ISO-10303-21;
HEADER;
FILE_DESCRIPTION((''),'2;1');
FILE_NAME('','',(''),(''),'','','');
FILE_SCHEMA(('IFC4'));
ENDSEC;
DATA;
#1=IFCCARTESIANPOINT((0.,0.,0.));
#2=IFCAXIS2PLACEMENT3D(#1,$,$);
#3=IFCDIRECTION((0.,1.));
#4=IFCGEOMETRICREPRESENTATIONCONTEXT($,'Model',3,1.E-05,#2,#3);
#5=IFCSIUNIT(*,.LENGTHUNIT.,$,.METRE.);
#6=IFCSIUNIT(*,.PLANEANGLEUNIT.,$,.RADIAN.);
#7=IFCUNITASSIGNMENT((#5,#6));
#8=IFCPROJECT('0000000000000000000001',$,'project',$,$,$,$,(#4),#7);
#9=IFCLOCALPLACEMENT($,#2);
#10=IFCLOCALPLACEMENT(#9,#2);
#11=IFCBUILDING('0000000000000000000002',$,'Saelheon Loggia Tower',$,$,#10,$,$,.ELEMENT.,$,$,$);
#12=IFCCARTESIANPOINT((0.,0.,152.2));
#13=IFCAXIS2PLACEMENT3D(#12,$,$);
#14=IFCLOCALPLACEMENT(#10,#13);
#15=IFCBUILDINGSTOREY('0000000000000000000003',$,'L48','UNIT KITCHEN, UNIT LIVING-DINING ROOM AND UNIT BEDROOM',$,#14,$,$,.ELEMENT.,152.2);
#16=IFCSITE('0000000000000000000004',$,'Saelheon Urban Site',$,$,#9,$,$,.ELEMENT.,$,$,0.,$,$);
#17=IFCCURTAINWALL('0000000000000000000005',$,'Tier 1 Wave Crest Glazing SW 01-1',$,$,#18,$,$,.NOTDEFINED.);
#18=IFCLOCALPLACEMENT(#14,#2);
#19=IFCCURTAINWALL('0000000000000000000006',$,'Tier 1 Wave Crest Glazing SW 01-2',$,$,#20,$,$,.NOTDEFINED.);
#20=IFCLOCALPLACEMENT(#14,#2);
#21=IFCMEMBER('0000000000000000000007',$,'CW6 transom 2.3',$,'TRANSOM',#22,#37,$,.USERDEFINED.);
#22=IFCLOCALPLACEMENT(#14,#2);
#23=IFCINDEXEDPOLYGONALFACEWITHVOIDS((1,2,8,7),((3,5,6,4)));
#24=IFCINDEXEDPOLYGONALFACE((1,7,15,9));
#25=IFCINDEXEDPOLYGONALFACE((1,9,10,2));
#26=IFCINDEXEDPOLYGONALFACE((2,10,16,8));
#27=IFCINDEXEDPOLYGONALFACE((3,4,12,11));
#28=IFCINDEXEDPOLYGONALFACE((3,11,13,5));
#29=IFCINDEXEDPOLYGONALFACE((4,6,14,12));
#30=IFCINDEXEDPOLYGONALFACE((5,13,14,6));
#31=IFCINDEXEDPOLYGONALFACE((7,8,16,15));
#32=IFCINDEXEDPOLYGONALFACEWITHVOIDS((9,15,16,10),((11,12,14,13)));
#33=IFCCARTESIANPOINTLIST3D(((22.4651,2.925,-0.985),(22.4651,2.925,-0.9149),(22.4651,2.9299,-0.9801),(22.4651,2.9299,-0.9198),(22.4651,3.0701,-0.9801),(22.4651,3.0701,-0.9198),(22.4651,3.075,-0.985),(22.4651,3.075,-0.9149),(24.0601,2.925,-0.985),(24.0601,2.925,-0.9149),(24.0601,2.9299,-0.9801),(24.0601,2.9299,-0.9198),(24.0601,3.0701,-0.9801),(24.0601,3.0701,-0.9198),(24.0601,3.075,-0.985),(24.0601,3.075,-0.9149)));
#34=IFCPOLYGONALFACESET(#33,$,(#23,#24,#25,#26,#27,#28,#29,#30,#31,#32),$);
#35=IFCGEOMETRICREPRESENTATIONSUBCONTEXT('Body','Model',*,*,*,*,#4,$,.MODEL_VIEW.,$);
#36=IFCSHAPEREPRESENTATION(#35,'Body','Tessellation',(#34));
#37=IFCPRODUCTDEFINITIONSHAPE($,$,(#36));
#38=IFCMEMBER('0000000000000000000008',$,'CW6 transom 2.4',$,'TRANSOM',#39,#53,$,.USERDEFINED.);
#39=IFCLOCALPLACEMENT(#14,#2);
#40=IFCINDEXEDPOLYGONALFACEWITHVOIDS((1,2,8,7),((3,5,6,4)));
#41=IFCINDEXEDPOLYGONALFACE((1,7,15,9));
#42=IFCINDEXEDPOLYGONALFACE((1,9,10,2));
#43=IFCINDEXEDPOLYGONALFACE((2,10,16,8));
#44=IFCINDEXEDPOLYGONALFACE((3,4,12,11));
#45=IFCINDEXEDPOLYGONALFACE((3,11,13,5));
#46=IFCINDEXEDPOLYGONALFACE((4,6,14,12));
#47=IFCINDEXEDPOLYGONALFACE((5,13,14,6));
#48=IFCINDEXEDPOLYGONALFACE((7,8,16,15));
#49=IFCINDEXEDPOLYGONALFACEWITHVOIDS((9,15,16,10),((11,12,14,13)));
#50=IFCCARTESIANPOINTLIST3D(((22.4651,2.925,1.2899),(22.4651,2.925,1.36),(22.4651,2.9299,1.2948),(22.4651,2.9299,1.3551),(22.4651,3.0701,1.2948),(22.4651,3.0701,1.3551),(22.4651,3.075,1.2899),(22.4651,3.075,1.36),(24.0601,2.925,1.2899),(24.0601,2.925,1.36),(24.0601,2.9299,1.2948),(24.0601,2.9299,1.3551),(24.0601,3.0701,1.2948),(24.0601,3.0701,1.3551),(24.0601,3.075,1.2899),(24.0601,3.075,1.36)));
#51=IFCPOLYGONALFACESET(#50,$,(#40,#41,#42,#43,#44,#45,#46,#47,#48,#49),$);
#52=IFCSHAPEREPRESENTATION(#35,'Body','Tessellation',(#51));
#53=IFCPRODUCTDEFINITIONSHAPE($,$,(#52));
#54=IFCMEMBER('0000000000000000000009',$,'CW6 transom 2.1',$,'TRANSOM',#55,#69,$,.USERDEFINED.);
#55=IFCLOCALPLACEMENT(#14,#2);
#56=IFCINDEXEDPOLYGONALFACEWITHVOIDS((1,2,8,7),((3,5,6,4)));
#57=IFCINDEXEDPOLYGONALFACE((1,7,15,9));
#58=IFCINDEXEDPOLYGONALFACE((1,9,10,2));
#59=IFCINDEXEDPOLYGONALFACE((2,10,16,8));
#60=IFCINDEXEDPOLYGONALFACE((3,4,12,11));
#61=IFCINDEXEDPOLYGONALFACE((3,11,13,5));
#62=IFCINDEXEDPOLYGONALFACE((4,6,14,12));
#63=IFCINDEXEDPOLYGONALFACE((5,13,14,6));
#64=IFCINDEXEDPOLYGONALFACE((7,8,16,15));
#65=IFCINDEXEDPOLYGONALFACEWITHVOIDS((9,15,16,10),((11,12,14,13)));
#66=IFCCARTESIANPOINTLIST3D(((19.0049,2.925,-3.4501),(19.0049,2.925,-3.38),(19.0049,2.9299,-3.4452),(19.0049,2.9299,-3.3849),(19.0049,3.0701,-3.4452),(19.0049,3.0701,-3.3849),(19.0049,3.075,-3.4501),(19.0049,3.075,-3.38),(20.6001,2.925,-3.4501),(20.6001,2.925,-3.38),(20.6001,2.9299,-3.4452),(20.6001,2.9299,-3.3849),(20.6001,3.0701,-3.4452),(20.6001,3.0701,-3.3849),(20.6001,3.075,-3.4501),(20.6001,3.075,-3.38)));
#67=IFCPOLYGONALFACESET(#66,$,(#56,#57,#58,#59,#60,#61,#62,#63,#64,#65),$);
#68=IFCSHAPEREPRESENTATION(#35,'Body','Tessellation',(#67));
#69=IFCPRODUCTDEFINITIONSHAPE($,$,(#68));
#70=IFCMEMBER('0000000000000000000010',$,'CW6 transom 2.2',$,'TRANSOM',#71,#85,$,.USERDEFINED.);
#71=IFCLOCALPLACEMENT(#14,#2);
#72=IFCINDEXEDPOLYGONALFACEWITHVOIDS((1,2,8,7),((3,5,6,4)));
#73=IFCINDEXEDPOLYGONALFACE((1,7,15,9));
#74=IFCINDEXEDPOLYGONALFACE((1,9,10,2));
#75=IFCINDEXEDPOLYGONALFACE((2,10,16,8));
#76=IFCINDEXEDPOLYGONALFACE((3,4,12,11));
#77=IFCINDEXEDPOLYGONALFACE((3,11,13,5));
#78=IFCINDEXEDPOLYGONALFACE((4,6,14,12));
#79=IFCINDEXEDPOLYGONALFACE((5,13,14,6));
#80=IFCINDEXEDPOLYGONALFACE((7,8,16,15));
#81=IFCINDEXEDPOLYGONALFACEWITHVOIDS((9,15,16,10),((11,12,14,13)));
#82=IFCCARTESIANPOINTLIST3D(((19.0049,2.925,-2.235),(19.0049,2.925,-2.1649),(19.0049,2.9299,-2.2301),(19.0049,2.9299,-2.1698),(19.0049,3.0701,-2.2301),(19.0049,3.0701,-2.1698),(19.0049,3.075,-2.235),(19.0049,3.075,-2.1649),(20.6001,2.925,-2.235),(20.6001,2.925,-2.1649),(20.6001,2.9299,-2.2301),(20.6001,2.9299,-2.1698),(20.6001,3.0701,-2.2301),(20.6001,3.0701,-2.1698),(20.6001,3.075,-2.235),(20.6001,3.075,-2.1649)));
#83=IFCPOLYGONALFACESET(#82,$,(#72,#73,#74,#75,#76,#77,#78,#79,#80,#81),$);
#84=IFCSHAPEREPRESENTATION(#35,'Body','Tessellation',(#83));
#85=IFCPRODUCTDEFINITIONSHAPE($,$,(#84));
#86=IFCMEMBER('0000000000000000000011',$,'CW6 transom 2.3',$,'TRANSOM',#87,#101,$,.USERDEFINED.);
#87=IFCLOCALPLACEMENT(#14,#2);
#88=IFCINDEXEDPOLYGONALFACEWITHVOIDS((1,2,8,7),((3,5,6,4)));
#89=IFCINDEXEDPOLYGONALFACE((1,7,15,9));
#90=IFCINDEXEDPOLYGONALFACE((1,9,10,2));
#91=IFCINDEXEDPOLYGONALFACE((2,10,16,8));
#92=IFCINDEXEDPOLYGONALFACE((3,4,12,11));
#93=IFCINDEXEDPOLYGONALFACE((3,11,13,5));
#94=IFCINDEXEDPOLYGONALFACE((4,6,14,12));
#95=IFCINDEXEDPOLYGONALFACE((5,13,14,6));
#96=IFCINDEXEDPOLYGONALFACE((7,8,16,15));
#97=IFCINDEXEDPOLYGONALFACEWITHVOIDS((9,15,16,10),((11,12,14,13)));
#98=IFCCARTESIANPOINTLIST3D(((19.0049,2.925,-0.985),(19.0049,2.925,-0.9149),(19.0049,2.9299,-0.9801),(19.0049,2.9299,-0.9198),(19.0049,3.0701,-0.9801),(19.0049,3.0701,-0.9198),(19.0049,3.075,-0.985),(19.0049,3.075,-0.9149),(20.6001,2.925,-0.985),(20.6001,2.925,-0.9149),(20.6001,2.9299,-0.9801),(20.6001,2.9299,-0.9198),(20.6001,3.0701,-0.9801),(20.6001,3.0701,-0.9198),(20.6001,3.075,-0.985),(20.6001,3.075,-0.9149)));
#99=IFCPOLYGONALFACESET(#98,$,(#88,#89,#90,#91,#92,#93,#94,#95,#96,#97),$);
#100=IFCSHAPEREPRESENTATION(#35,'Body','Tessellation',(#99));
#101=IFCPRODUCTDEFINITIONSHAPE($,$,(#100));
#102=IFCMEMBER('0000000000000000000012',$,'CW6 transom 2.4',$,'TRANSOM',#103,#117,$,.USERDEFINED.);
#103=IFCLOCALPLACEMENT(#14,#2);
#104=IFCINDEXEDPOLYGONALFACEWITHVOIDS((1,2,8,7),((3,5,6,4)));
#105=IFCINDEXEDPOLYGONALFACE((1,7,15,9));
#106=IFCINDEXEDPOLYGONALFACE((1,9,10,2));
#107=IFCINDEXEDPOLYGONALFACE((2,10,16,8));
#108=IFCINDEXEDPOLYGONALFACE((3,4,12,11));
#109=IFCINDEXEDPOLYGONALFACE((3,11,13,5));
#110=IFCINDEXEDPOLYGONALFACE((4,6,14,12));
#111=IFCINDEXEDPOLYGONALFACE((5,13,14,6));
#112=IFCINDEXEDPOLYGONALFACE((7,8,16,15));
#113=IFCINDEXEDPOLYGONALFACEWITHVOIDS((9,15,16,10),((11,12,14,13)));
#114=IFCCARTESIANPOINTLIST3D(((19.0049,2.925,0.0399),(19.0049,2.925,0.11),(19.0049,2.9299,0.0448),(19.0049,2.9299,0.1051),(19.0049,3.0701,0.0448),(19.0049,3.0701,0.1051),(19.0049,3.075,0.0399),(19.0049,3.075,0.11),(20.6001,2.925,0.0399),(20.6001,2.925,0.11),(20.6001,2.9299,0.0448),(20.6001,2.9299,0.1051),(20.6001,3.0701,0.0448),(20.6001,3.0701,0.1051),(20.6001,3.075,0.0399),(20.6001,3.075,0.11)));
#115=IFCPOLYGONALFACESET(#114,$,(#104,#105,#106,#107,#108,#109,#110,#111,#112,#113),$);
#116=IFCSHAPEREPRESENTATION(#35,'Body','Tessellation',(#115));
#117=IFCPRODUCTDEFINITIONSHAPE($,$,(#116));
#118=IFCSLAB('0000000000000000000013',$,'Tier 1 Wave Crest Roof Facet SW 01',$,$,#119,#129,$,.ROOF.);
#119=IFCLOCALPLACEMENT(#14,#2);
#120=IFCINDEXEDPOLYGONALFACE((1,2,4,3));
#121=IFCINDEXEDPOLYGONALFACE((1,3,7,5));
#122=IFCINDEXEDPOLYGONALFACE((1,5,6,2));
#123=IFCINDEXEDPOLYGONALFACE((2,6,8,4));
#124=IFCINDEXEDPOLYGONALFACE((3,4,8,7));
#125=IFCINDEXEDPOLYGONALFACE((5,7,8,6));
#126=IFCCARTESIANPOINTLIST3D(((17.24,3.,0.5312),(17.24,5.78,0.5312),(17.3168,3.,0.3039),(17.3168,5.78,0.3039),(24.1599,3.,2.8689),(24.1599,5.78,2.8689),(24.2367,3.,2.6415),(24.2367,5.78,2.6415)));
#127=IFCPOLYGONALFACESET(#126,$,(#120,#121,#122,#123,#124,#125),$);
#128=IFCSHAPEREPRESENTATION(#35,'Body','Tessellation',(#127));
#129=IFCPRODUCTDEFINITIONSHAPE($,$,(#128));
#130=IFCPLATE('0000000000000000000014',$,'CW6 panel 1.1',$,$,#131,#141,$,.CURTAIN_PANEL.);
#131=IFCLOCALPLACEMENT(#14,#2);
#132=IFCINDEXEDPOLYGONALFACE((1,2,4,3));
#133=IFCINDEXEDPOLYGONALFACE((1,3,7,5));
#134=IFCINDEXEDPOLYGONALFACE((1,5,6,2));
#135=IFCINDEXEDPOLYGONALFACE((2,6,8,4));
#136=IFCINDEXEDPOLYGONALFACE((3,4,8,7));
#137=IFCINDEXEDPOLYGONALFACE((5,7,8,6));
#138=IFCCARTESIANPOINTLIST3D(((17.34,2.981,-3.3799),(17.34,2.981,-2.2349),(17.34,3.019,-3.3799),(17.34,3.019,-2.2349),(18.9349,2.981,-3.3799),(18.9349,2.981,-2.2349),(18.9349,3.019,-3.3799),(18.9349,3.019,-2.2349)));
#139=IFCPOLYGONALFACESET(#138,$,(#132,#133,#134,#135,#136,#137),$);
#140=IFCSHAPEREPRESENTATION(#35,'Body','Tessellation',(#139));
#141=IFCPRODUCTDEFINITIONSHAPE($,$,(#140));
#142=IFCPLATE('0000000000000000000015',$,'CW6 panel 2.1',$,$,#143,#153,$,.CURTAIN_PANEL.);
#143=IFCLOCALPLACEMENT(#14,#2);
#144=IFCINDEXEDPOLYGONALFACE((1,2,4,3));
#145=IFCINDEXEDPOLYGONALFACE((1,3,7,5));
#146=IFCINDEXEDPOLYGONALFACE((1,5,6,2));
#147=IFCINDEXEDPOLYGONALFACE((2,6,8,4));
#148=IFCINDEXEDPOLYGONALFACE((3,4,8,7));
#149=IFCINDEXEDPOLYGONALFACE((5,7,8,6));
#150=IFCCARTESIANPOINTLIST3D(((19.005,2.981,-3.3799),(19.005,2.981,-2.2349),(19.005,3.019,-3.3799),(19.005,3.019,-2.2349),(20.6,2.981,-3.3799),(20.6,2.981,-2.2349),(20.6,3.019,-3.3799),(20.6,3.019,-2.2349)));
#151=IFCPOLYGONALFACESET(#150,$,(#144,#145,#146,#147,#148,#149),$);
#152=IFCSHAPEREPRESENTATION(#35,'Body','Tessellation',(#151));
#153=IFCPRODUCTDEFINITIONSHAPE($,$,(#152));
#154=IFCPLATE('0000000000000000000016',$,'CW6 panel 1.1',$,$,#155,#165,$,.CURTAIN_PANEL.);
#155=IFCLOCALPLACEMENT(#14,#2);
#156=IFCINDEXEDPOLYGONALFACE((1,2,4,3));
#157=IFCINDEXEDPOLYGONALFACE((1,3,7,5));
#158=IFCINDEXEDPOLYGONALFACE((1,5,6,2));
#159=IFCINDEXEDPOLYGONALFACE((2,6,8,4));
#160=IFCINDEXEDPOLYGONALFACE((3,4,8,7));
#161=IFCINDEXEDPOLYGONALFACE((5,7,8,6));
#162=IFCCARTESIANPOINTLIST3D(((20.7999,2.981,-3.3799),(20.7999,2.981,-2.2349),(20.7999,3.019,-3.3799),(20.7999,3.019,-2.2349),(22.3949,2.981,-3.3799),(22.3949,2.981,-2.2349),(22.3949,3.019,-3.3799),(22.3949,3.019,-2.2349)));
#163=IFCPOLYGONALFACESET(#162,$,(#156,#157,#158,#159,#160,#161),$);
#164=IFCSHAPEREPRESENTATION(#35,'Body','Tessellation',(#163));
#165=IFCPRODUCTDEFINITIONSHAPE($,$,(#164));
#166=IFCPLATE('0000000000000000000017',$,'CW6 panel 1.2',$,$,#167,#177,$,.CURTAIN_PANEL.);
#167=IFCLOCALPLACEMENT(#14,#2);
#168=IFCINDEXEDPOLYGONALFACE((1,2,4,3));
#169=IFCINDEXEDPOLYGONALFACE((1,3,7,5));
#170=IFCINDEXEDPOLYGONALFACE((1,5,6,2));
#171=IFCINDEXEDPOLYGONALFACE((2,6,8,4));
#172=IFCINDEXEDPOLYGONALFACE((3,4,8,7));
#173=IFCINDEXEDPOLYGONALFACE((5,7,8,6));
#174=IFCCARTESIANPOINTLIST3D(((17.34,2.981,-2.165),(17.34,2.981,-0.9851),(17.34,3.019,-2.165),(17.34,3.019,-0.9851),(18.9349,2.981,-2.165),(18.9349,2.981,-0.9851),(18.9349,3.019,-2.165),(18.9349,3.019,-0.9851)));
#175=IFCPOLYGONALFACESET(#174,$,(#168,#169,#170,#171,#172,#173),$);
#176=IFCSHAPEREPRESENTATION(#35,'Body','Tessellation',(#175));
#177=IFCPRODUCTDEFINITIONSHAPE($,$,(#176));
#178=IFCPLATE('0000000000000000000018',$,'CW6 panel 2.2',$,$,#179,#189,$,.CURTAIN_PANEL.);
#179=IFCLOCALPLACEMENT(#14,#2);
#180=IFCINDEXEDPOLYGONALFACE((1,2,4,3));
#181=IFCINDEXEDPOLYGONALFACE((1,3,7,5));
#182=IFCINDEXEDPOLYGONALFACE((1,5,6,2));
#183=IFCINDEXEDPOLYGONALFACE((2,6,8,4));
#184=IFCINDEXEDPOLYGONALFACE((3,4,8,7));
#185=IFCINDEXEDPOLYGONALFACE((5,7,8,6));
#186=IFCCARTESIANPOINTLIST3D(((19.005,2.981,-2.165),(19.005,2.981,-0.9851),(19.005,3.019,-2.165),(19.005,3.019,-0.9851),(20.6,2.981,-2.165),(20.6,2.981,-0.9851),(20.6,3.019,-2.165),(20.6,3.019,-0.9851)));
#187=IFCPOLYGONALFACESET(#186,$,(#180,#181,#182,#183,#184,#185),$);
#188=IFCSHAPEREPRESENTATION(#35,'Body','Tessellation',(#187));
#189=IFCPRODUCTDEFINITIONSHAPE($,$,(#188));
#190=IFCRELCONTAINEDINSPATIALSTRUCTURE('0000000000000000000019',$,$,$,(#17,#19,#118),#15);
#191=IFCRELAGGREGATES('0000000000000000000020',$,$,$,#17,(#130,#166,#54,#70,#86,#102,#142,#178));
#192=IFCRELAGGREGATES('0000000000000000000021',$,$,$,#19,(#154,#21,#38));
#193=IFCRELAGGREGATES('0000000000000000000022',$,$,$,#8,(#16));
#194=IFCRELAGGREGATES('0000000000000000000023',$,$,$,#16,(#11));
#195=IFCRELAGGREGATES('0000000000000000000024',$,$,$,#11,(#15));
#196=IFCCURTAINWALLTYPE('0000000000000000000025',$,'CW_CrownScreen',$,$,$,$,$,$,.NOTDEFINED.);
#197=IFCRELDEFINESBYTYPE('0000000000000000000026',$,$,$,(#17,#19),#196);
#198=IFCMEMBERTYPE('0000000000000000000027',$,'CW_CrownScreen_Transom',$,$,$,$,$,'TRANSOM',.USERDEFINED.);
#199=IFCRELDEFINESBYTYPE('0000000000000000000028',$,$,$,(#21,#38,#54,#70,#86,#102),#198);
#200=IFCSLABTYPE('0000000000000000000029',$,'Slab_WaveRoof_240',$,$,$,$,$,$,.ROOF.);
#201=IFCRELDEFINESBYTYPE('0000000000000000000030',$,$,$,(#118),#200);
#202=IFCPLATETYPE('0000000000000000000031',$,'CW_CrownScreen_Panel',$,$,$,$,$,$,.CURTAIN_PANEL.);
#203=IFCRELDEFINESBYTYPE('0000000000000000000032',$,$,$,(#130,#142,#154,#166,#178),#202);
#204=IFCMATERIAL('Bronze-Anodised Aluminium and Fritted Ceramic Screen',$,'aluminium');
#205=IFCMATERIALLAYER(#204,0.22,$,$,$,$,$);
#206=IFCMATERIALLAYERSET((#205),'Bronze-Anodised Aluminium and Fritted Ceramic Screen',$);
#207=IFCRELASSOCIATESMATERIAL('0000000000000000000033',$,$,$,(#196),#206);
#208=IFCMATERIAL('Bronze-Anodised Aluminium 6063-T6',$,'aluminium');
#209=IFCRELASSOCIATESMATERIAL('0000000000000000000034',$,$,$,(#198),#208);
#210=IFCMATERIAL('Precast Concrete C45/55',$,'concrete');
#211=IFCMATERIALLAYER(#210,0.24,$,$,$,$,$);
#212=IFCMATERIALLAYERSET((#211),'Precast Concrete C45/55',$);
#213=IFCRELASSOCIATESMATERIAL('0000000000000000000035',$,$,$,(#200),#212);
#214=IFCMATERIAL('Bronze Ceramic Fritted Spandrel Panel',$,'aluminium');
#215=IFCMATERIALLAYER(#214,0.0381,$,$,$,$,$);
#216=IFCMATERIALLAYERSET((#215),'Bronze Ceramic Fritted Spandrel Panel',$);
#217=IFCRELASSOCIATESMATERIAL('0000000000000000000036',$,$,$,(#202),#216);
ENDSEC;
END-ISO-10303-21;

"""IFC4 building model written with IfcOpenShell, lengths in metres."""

from ifc_helpers import new_model, si_unit, direction, frame, origin, origin_2d, place, context, subcontext, project, spatial, polyline, rectangle, hollow_rectangle, outline, extrude, source, transform, mapped, material, layer, layer_set, material_profile, profile_set, type_object, element, aggregate, save


model = new_model("IFC4")

# Units and contexts
model_context = context("Model", 3, precision=1e-05, world=origin(), true_north=direction((0.0, 1.0)))
body_context = subcontext(model_context, "Body", "Model", "MODEL_VIEW")
ifc_project = project(units=[si_unit("LENGTHUNIT", "METRE"), si_unit("PLANEANGLEUNIT", "RADIAN")], contexts=[model_context])

# Site, building, storey
site_placement = place(None, origin())
site = spatial("IfcSite", under=ifc_project, at=site_placement, Name="Saelheon Urban Site", CompositionType="ELEMENT", RefElevation=0.0)
building_placement = place(site_placement, origin())
building = spatial("IfcBuilding", under=site, at=building_placement, Name="Saelheon Loggia Tower", CompositionType="ELEMENT")
storey_placement = place(building_placement, frame((0.0, 0.0, 152.2)))
storey = spatial("IfcBuildingStorey", under=building, at=storey_placement, Name="L48", Description="UNIT KITCHEN, UNIT LIVING-DINING ROOM AND UNIT BEDROOM", CompositionType="ELEMENT", Elevation=152.2)

# Curtain walls
ifc_material_1 = material(Name="Bronze-Anodised Aluminium and Fritted Ceramic Screen", Category="aluminium")
ifc_layer_1 = layer(ifc_material_1, 0.22)
ifc_layer_set_1 = layer_set([ifc_layer_1], Name="Bronze-Anodised Aluminium and Fritted Ceramic Screen")
curtain_wall_type = type_object("IfcCurtainWallType", Name="CW_CrownScreen", PredefinedType="NOTDEFINED", material=ifc_layer_set_1)
curtain_wall_1_placement = place(storey_placement, origin())
curtain_wall_1 = element("IfcCurtainWall", 1, at=curtain_wall_1_placement, inside=storey, type_object=curtain_wall_type, Name="Tier 1 Wave Crest Glazing SW 01-1", PredefinedType="NOTDEFINED")
ifc_material_2 = material(Name="Bronze-Anodised Aluminium 6063-T6", Category="aluminium")
curtain_wall_2_placement = place(storey_placement, origin())
curtain_wall_2 = element("IfcCurtainWall", 2, at=curtain_wall_2_placement, inside=storey, type_object=curtain_wall_type, Name="Tier 1 Wave Crest Glazing SW 01-2", PredefinedType="NOTDEFINED")

# Members
ifc_material_profile_1 = material_profile(ifc_material_2, hollow_rectangle(XDim=0.0701, YDim=0.1499, WallThickness=0.0049, at=origin_2d()), Name="RHS-150x70x5")
ifc_profile_set_1 = profile_set([ifc_material_profile_1], Name="Bronze-Anodised Aluminium 6063-T6")
member_type_1 = type_object("IfcMemberType", Name="CW_CrownScreen_Transom", ElementType="TRANSOM", PredefinedType="USERDEFINED", material=ifc_profile_set_1)
shared_shape_1 = source(origin(), body_context, "Body", "SweptSolid", [
    extrude(hollow_rectangle(XDim=0.0701, YDim=0.1499, WallThickness=0.0049, at=origin_2d()), origin(), (0.0, 0.0, 1.0), 1.595),
])
member_1_placement = place(storey_placement, frame((22.4651, 3.0, -0.95), z_axis=(1.0, 0.0, 0.0), x_axis=(0.0, 0.0, 1.0)))
member_1 = element("IfcMember", 3, at=member_1_placement, type_object=member_type_1, Name="CW6 transom 2.3", ObjectType="TRANSOM", PredefinedType="USERDEFINED", context=body_context, shape_type="MappedRepresentation", body=[
    mapped(shared_shape_1, transform((0.0, 0.0, 0.0), scale=1.0)),
])
member_2_placement = place(storey_placement, frame((22.4651, 3.0, 1.325), z_axis=(1.0, 0.0, 0.0), x_axis=(0.0, 0.0, 1.0)))
member_2 = element("IfcMember", 4, at=member_2_placement, type_object=member_type_1, Name="CW6 transom 2.4", ObjectType="TRANSOM", PredefinedType="USERDEFINED", context=body_context, shape_type="MappedRepresentation", body=[
    mapped(shared_shape_1, transform((0.0, 0.0, 0.0), scale=1.0)),
])
shared_shape_2 = source(origin(), body_context, "Body", "SweptSolid", [
    extrude(hollow_rectangle(XDim=0.0701, YDim=0.1499, WallThickness=0.0049, at=origin_2d()), origin(), (0.0, 0.0, 1.0), 1.5952),
])
member_3_placement = place(storey_placement, frame((19.0049, 3.0, -3.415), z_axis=(1.0, 0.0, 0.0), x_axis=(0.0, 0.0, 1.0)))
member_3 = element("IfcMember", 5, at=member_3_placement, type_object=member_type_1, Name="CW6 transom 2.1", ObjectType="TRANSOM", PredefinedType="USERDEFINED", context=body_context, shape_type="MappedRepresentation", body=[
    mapped(shared_shape_2, transform((0.0, 0.0, 0.0), scale=1.0)),
])
member_4_placement = place(storey_placement, frame((19.0049, 3.0, -2.2), z_axis=(1.0, 0.0, 0.0), x_axis=(0.0, 0.0, 1.0)))
member_4 = element("IfcMember", 6, at=member_4_placement, type_object=member_type_1, Name="CW6 transom 2.2", ObjectType="TRANSOM", PredefinedType="USERDEFINED", context=body_context, shape_type="MappedRepresentation", body=[
    mapped(shared_shape_2, transform((0.0, 0.0, 0.0), scale=1.0)),
])
member_5_placement = place(storey_placement, frame((19.0049, 3.0, -0.95), z_axis=(1.0, 0.0, 0.0), x_axis=(0.0, 0.0, 1.0)))
member_5 = element("IfcMember", 7, at=member_5_placement, type_object=member_type_1, Name="CW6 transom 2.3", ObjectType="TRANSOM", PredefinedType="USERDEFINED", context=body_context, shape_type="MappedRepresentation", body=[
    mapped(shared_shape_2, transform((0.0, 0.0, 0.0), scale=1.0)),
])
member_6_placement = place(storey_placement, frame((19.0049, 3.0, 0.075), z_axis=(1.0, 0.0, 0.0), x_axis=(0.0, 0.0, 1.0)))
member_6 = element("IfcMember", 8, at=member_6_placement, type_object=member_type_1, Name="CW6 transom 2.4", ObjectType="TRANSOM", PredefinedType="USERDEFINED", context=body_context, shape_type="MappedRepresentation", body=[
    mapped(shared_shape_2, transform((0.0, 0.0, 0.0), scale=1.0)),
])

# Slab
ifc_material_3 = material(Name="Precast Concrete C45/55", Category="concrete")
ifc_layer_2 = layer(ifc_material_3, 0.24)
ifc_layer_set_2 = layer_set([ifc_layer_2], Name="Precast Concrete C45/55")
slab_type = type_object("IfcSlabType", Name="Slab_WaveRoof_240", PredefinedType="ROOF", material=ifc_layer_set_2)
slab_placement = place(storey_placement, frame((17.24, 3.0, 0.5312), z_axis=(-0.320046, 0.0, 0.947402), x_axis=(0.0, 1.0, 0.0)))
element("IfcSlab", 9, at=slab_placement, inside=storey, type_object=slab_type, Name="Tier 1 Wave Crest Roof Facet SW 01", PredefinedType="ROOF", context=body_context, shape_type="SweptSolid", body=[
    extrude(outline(polyline([(0.0, 0.0), (2.78, 0.0), (2.78, -7.3041), (0.0, -7.3041), (0.0, 0.0)])), origin(), (0.0, 0.0, -1.0), 0.24),
])

# Plates
ifc_material_4 = material(Name="Bronze Ceramic Fritted Spandrel Panel", Category="aluminium")
ifc_layer_3 = layer(ifc_material_4, 0.0381)
ifc_layer_set_3 = layer_set([ifc_layer_3], Name="Bronze Ceramic Fritted Spandrel Panel")
plate_type = type_object("IfcPlateType", Name="CW_CrownScreen_Panel", PredefinedType="CURTAIN_PANEL", material=ifc_layer_set_3)
shared_shape_3 = source(origin(), body_context, "Body", "SweptSolid", [
    extrude(rectangle(XDim=1.595, YDim=0.0381, at=origin_2d()), origin(), (0.0, 0.0, 1.0), 1.145),
])
plate_1_placement = place(storey_placement, frame((18.1375, 3.0, -3.3799), z_axis=(0.0, 0.0, 1.0), x_axis=(1.0, 0.0, 0.0)))
plate_1 = element("IfcPlate", 10, at=plate_1_placement, type_object=plate_type, Name="CW6 panel 1.1", PredefinedType="CURTAIN_PANEL", context=body_context, shape_type="MappedRepresentation", body=[
    mapped(shared_shape_3, transform((0.0, 0.0, 0.0), scale=1.0)),
])
plate_2_placement = place(storey_placement, frame((19.8025, 3.0, -3.3799), z_axis=(0.0, 0.0, 1.0), x_axis=(1.0, 0.0, 0.0)))
plate_2 = element("IfcPlate", 11, at=plate_2_placement, type_object=plate_type, Name="CW6 panel 2.1", PredefinedType="CURTAIN_PANEL", context=body_context, shape_type="MappedRepresentation", body=[
    mapped(shared_shape_3, transform((0.0, 0.0, 0.0), scale=1.0)),
])
plate_3_placement = place(storey_placement, frame((21.5974, 3.0, -3.3799), z_axis=(0.0, 0.0, 1.0), x_axis=(1.0, 0.0, 0.0)))
plate_3 = element("IfcPlate", 12, at=plate_3_placement, type_object=plate_type, Name="CW6 panel 1.1", PredefinedType="CURTAIN_PANEL", context=body_context, shape_type="MappedRepresentation", body=[
    mapped(shared_shape_3, transform((0.0, 0.0, 0.0), scale=1.0)),
])
shared_shape_4 = source(origin(), body_context, "Body", "SweptSolid", [
    extrude(rectangle(XDim=1.595, YDim=0.0381, at=origin_2d()), origin(), (0.0, 0.0, 1.0), 1.1799),
])
plate_4_placement = place(storey_placement, frame((18.1375, 3.0, -2.165), z_axis=(0.0, 0.0, 1.0), x_axis=(1.0, 0.0, 0.0)))
plate_4 = element("IfcPlate", 13, at=plate_4_placement, type_object=plate_type, Name="CW6 panel 1.2", PredefinedType="CURTAIN_PANEL", context=body_context, shape_type="MappedRepresentation", body=[
    mapped(shared_shape_4, transform((0.0, 0.0, 0.0), scale=1.0)),
])
plate_5_placement = place(storey_placement, frame((19.8025, 3.0, -2.165), z_axis=(0.0, 0.0, 1.0), x_axis=(1.0, 0.0, 0.0)))
plate_5 = element("IfcPlate", 14, at=plate_5_placement, type_object=plate_type, Name="CW6 panel 2.2", PredefinedType="CURTAIN_PANEL", context=body_context, shape_type="MappedRepresentation", body=[
    mapped(shared_shape_4, transform((0.0, 0.0, 0.0), scale=1.0)),
])
aggregate(curtain_wall_1, [plate_1, plate_4, member_3, member_4, member_5, member_6, plate_2, plate_5])
aggregate(curtain_wall_2, [plate_3, member_1, member_2])

save(model, "model.ifc")
